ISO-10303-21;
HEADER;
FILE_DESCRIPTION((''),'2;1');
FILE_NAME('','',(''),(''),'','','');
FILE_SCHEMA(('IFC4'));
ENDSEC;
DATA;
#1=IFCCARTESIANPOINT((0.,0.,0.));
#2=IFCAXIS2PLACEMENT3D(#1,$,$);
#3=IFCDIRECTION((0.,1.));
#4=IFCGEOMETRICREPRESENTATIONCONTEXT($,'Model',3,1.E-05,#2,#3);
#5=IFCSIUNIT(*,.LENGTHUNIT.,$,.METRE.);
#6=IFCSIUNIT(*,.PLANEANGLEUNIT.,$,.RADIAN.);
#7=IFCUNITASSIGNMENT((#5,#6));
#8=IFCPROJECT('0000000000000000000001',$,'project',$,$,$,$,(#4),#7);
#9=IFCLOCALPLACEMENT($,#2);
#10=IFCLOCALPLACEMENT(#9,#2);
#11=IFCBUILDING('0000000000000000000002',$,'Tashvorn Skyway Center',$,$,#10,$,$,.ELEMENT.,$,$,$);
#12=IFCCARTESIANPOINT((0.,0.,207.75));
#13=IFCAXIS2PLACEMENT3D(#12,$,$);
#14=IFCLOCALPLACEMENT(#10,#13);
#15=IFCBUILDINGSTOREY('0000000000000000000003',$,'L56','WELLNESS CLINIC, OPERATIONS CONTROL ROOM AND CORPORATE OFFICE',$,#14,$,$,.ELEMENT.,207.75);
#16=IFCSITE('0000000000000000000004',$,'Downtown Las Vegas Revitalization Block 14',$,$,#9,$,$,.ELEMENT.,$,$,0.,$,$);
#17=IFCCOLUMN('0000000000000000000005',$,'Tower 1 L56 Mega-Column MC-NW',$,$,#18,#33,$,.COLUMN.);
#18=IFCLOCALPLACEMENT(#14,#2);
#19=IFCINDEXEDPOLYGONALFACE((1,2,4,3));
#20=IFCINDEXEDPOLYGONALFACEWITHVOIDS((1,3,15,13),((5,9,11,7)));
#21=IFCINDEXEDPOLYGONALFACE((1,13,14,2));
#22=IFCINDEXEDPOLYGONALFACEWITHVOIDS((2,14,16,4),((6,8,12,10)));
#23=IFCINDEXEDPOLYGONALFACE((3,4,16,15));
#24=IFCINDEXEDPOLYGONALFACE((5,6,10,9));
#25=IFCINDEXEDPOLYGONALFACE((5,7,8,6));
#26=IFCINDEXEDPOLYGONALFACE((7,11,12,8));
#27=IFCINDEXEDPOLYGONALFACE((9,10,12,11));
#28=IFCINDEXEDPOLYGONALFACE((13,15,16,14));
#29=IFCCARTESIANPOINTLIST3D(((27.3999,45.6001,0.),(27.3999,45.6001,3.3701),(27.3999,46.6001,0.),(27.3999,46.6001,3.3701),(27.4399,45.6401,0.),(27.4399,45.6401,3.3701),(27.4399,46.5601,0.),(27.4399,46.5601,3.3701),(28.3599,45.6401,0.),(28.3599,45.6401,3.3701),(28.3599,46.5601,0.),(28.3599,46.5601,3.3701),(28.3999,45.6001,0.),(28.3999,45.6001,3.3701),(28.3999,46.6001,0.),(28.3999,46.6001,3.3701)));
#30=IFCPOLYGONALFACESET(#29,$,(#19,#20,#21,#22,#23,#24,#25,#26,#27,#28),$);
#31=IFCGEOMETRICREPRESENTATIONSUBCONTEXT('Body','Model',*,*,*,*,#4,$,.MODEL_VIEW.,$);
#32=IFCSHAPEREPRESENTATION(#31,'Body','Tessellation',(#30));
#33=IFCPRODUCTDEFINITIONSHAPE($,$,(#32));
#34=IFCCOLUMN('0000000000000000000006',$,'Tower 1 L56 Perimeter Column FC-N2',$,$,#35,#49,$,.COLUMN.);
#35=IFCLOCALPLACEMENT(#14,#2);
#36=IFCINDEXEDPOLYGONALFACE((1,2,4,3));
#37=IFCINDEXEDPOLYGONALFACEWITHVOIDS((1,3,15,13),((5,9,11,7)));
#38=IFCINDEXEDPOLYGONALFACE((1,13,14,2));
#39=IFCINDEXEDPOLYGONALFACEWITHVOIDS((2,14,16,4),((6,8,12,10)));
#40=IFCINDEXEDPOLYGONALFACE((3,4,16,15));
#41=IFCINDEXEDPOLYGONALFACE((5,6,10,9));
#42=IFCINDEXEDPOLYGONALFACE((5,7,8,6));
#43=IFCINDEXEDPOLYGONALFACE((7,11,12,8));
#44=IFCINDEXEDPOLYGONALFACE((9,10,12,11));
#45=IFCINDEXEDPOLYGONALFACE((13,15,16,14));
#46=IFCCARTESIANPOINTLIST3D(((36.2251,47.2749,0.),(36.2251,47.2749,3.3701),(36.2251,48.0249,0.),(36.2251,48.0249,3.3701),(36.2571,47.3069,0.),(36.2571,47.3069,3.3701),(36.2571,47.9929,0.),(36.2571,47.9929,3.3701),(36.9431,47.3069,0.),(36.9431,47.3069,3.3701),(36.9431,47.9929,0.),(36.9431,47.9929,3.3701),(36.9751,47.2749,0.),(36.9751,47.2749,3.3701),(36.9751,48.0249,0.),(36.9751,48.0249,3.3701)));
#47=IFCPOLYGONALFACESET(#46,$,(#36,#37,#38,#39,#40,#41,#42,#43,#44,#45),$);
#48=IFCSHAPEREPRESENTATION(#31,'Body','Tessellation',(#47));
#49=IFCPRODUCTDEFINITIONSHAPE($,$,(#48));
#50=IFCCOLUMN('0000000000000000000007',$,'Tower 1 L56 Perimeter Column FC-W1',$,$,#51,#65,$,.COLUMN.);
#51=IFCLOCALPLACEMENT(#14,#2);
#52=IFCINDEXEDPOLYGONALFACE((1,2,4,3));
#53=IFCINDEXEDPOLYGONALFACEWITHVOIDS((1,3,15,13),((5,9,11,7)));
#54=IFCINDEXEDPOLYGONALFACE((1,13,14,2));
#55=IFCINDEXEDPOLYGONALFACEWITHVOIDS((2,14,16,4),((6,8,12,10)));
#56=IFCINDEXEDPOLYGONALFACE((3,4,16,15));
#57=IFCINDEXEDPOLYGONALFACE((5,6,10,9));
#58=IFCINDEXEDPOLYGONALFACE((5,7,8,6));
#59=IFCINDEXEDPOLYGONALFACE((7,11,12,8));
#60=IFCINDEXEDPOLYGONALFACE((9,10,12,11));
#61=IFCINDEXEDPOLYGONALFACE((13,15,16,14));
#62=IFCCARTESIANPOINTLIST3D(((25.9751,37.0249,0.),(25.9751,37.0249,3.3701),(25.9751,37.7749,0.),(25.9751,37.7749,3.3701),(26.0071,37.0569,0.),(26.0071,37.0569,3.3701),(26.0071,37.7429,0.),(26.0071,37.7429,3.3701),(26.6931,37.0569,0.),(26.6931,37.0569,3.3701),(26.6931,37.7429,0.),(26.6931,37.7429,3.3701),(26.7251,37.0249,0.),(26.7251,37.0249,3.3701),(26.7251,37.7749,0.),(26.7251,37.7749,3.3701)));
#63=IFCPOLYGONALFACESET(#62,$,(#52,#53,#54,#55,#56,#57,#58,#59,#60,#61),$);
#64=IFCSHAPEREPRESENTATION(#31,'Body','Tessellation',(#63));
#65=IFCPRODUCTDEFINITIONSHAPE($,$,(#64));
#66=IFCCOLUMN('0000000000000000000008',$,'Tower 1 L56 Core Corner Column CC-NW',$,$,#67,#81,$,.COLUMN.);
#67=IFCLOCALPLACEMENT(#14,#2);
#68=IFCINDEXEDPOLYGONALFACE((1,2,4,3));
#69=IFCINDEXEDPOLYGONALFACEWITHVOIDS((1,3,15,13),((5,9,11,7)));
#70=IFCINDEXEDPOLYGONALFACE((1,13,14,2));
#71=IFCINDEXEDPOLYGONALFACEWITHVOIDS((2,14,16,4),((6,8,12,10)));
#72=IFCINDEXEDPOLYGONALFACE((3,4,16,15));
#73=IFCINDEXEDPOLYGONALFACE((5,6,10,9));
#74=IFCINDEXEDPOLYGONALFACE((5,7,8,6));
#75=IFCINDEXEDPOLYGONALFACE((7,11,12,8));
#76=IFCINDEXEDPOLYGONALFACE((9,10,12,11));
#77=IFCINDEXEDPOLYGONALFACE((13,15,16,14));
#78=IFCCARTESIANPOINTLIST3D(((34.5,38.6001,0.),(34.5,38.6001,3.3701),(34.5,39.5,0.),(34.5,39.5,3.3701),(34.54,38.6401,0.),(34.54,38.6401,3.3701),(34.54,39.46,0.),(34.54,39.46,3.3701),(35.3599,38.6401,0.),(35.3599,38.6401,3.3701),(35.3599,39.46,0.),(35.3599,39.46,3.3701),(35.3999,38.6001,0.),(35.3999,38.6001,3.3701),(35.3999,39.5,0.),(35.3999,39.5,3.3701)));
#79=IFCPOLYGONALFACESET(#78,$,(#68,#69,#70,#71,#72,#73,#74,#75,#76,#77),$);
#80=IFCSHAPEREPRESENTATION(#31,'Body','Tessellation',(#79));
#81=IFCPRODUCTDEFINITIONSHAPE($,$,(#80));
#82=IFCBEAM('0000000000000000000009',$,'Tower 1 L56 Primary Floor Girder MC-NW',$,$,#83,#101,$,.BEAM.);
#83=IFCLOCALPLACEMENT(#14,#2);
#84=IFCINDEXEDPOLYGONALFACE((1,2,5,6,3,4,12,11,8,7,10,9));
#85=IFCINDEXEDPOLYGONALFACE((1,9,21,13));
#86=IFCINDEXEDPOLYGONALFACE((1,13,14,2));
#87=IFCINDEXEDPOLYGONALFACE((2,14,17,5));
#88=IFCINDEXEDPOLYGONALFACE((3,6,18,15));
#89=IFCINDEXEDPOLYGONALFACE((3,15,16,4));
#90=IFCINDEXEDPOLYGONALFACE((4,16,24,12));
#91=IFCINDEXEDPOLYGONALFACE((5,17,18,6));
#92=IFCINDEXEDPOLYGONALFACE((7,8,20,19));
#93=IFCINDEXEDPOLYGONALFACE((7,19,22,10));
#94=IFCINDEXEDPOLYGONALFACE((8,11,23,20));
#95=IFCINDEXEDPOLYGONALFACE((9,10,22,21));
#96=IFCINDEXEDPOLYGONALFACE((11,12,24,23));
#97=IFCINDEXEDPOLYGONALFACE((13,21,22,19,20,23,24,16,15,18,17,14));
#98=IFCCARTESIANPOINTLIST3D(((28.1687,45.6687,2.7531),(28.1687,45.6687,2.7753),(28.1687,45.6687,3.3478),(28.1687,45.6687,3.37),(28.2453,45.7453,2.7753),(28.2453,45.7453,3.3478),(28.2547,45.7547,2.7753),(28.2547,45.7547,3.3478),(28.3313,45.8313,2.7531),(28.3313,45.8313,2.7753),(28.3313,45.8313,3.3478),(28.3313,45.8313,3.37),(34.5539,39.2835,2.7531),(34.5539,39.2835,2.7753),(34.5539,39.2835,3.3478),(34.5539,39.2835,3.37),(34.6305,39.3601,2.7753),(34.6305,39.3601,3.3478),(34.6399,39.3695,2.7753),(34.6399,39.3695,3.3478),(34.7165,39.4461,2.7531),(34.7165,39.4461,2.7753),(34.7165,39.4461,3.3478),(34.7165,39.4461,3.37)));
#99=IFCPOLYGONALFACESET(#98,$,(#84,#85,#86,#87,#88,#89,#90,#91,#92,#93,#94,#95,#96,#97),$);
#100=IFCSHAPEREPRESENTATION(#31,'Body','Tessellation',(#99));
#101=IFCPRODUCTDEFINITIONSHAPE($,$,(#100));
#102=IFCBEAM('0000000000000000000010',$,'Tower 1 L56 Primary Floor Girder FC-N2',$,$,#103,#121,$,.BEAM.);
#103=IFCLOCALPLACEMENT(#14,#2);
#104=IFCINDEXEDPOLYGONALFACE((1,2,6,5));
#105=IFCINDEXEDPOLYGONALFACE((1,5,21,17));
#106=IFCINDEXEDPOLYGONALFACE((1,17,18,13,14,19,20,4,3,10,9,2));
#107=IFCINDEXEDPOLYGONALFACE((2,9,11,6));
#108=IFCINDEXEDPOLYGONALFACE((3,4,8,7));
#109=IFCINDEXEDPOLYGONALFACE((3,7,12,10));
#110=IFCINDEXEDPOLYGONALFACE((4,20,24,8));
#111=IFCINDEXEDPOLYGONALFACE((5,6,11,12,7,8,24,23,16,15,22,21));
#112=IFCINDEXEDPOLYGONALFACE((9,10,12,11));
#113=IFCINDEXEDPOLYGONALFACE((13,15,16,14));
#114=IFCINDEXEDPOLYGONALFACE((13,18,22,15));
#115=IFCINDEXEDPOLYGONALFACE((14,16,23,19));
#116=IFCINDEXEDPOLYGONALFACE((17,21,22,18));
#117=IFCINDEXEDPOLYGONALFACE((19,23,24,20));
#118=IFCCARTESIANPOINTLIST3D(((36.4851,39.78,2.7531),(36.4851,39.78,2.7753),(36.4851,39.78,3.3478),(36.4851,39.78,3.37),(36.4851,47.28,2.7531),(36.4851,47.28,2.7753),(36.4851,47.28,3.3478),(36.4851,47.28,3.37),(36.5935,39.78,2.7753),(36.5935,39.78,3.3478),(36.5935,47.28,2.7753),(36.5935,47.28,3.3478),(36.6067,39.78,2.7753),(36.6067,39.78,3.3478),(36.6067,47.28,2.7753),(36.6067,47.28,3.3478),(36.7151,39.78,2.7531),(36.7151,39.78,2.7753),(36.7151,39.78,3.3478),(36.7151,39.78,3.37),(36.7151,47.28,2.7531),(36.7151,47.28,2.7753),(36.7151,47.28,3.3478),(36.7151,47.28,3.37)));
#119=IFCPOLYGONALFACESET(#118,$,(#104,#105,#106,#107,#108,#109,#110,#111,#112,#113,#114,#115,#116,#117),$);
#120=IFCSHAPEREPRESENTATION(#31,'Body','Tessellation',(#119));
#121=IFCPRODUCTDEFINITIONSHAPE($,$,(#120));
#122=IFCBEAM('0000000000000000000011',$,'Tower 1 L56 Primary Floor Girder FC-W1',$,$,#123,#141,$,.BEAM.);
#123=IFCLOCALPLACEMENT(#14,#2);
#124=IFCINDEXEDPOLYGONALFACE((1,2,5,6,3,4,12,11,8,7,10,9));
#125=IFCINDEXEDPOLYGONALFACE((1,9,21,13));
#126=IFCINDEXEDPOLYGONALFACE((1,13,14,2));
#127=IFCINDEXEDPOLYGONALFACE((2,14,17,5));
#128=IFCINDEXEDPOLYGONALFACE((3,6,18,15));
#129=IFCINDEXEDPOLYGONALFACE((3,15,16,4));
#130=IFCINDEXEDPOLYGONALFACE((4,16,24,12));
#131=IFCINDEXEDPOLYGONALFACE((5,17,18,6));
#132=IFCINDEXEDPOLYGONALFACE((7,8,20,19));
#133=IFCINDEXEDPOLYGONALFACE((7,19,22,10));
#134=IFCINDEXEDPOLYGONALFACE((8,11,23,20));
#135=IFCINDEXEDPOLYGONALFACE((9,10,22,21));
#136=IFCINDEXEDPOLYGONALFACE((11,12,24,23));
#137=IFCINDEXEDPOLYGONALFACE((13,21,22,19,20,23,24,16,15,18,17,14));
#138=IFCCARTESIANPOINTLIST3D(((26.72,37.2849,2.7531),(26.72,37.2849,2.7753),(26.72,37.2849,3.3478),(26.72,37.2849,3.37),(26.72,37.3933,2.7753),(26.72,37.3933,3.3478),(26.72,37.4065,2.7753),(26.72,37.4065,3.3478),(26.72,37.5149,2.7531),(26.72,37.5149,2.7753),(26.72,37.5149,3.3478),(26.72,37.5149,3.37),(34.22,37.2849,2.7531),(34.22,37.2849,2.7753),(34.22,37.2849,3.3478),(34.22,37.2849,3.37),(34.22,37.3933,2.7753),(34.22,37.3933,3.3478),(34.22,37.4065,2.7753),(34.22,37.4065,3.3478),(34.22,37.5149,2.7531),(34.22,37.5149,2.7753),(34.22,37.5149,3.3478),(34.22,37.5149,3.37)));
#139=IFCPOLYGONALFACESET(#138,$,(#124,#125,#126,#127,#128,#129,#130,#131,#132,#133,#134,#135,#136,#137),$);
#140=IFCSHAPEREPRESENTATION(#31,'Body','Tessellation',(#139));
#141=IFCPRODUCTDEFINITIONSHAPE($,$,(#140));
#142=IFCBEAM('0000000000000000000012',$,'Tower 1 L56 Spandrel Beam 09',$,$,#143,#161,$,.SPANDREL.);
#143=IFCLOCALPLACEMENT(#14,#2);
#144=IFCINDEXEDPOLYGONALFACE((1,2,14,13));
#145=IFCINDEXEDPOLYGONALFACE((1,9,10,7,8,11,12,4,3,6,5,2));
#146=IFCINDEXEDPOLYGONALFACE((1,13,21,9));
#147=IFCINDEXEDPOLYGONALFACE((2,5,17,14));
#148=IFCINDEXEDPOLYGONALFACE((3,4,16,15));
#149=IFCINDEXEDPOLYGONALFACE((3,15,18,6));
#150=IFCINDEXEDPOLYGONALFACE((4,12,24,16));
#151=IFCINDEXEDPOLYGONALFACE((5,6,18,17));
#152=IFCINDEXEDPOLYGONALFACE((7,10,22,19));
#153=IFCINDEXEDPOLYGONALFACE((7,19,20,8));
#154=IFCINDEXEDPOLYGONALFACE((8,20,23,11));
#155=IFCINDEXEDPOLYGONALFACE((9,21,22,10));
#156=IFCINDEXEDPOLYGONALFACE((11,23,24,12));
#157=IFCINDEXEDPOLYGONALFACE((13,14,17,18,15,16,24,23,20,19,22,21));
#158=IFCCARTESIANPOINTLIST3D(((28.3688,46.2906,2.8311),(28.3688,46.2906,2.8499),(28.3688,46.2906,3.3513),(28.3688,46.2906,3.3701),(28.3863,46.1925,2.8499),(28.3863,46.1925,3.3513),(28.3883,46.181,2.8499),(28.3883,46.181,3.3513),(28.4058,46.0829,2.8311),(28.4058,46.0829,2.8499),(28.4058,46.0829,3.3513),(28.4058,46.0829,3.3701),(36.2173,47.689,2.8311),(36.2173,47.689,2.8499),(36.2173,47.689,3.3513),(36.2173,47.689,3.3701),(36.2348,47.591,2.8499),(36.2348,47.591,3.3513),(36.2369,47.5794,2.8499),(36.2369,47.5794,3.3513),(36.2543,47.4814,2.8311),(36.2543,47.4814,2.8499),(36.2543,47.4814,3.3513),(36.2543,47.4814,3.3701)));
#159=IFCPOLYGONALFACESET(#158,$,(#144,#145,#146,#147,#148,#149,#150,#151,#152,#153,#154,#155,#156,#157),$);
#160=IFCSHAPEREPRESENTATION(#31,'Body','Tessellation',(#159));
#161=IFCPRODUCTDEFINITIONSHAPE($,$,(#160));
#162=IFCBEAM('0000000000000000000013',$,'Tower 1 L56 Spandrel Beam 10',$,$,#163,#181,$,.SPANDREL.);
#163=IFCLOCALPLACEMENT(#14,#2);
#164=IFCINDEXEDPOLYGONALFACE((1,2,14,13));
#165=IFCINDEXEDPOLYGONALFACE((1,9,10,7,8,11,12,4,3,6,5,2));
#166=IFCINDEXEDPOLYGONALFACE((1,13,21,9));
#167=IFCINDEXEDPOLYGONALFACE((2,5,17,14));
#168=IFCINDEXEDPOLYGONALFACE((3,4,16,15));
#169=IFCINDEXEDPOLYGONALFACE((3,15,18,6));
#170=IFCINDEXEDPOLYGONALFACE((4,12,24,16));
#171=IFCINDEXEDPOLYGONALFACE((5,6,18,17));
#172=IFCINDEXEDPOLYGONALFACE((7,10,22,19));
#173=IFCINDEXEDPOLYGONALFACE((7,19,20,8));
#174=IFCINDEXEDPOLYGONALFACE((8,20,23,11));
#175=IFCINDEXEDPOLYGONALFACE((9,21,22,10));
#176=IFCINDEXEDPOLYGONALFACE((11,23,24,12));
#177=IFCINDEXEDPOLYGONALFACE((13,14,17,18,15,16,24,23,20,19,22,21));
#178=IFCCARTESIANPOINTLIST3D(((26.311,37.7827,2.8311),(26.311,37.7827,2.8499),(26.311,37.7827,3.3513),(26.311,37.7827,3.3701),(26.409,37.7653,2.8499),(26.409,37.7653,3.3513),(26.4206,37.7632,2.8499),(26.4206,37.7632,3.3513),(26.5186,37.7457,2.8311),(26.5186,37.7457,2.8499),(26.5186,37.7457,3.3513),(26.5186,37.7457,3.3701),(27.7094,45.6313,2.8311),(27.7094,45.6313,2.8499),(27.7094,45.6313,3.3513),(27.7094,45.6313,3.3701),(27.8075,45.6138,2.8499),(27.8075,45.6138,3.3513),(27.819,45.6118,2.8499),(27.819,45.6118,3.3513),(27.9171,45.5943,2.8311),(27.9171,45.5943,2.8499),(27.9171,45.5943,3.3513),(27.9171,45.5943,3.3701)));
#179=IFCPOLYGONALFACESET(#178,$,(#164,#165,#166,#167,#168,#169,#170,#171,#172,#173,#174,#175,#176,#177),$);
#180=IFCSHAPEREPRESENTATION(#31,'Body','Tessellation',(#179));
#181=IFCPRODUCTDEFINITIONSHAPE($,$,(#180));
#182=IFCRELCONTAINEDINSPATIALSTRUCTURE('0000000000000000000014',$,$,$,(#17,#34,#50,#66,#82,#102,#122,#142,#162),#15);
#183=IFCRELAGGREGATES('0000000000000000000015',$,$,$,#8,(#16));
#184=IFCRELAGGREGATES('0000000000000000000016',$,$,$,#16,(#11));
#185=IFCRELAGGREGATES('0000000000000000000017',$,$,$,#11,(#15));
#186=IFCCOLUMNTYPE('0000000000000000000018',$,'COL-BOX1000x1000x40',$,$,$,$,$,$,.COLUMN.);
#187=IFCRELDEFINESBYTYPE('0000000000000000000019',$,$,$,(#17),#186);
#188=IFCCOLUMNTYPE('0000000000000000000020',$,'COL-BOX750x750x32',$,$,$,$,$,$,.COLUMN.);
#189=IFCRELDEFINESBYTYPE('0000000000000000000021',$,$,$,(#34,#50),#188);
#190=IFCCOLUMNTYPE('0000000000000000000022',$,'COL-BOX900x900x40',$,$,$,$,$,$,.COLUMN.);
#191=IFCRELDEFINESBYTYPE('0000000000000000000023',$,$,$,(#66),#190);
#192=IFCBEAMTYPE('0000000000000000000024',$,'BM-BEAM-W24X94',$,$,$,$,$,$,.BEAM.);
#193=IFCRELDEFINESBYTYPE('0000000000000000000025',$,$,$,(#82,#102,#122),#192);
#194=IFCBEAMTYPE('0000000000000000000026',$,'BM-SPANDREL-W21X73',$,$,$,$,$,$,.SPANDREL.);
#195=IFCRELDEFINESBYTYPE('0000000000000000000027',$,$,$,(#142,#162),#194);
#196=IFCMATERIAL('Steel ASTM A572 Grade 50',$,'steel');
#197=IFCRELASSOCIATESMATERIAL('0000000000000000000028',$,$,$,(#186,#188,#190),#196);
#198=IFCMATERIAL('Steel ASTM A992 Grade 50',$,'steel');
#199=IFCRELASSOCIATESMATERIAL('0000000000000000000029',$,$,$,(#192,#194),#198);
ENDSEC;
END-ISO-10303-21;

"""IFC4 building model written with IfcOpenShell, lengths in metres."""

from ifc_helpers import new_model, si_unit, direction, frame, origin, origin_2d, place, context, subcontext, project, spatial, hollow_rectangle, i_section, extrude, material, material_profile, profile_set, type_object, element, save


model = new_model("IFC4")

# Units and contexts
model_context = context("Model", 3, precision=1e-05, world=origin(), true_north=direction((0.0, 1.0)))
body_context = subcontext(model_context, "Body", "Model", "MODEL_VIEW")
ifc_project = project(units=[si_unit("LENGTHUNIT", "METRE"), si_unit("PLANEANGLEUNIT", "RADIAN")], contexts=[model_context])

# Site, building, storey
site_placement = place(None, origin())
site = spatial("IfcSite", under=ifc_project, at=site_placement, Name="Downtown Las Vegas Revitalization Block 14", CompositionType="ELEMENT", RefElevation=0.0)
building_placement = place(site_placement, origin())
building = spatial("IfcBuilding", under=site, at=building_placement, Name="Tashvorn Skyway Center", CompositionType="ELEMENT")
storey_placement = place(building_placement, frame((0.0, 0.0, 207.75)))
storey = spatial("IfcBuildingStorey", under=building, at=storey_placement, Name="L56", Description="WELLNESS CLINIC, OPERATIONS CONTROL ROOM AND CORPORATE OFFICE", CompositionType="ELEMENT", Elevation=207.75)

# Columns
ifc_material_1 = material(Name="Steel ASTM A572 Grade 50", Category="steel")
ifc_material_profile_1 = material_profile(ifc_material_1, hollow_rectangle(XDim=1.0, YDim=1.0, WallThickness=0.04, at=origin_2d()), Name="BOX1000x1000x40")
ifc_profile_set_1 = profile_set([ifc_material_profile_1], Name="Steel ASTM A572 Grade 50")
column_type_1 = type_object("IfcColumnType", Name="COL-BOX1000x1000x40", PredefinedType="COLUMN", material=ifc_profile_set_1)
column_1_placement = place(storey_placement, frame((27.8999, 46.1001, 0.0), z_axis=(0.0, 0.0, 1.0), x_axis=(1.0, 0.0, 0.0)))
element("IfcColumn", 1, at=column_1_placement, inside=storey, type_object=column_type_1, Name="Tower 1 L56 Mega-Column MC-NW", PredefinedType="COLUMN", context=body_context, shape_type="SweptSolid", body=[
    extrude(hollow_rectangle(XDim=1.0, YDim=1.0, WallThickness=0.04, at=origin_2d()), origin(), (0.0, 0.0, 1.0), 3.3701),
])
ifc_material_profile_2 = material_profile(ifc_material_1, hollow_rectangle(XDim=0.75, YDim=0.75, WallThickness=0.032, at=origin_2d()), Name="BOX750x750x32")
ifc_profile_set_2 = profile_set([ifc_material_profile_2], Name="Steel ASTM A572 Grade 50")
column_type_2 = type_object("IfcColumnType", Name="COL-BOX750x750x32", PredefinedType="COLUMN", material=ifc_profile_set_2)
for number, where, z_axis, x_axis, name in (
    (2, (36.6001, 47.6499, 0.0), (0.0, 0.0, 1.0), (1.0, 0.0, 0.0), "Tower 1 L56 Perimeter Column FC-N2"),
    (3, (26.3501, 37.3999, 0.0), (0.0, 0.0, 1.0), (1.0, 0.0, 0.0), "Tower 1 L56 Perimeter Column FC-W1"),
):
    element("IfcColumn", number, at=place(storey_placement, frame(where, z_axis=z_axis, x_axis=x_axis)), inside=storey, type_object=column_type_2, Name=name, PredefinedType="COLUMN", context=body_context, shape_type="SweptSolid", body=[
        extrude(hollow_rectangle(XDim=0.75, YDim=0.75, WallThickness=0.032, at=origin_2d()), origin(), (0.0, 0.0, 1.0), 3.3701),
    ])
ifc_material_profile_3 = material_profile(ifc_material_1, hollow_rectangle(XDim=0.8999, YDim=0.8999, WallThickness=0.04, at=origin_2d()), Name="BOX900x900x40")
ifc_profile_set_3 = profile_set([ifc_material_profile_3], Name="Steel ASTM A572 Grade 50")
column_type_3 = type_object("IfcColumnType", Name="COL-BOX900x900x40", PredefinedType="COLUMN", material=ifc_profile_set_3)
column_2_placement = place(storey_placement, frame((34.95, 39.05, 0.0), z_axis=(0.0, 0.0, 1.0), x_axis=(1.0, 0.0, 0.0)))
element("IfcColumn", 4, at=column_2_placement, inside=storey, type_object=column_type_3, Name="Tower 1 L56 Core Corner Column CC-NW", PredefinedType="COLUMN", context=body_context, shape_type="SweptSolid", body=[
    extrude(hollow_rectangle(XDim=0.8999, YDim=0.8999, WallThickness=0.04, at=origin_2d()), origin(), (0.0, 0.0, 1.0), 3.3701),
])

# Beams
ifc_material_2 = material(Name="Steel ASTM A992 Grade 50", Category="steel")
ifc_material_profile_4 = material_profile(ifc_material_2, i_section(OverallWidth=0.23, OverallDepth=0.6169, WebThickness=0.0132, FlangeThickness=0.0222, at=origin_2d()), Name="W24X94")
ifc_profile_set_4 = profile_set([ifc_material_profile_4], Name="Steel ASTM A992 Grade 50")
beam_type_1 = type_object("IfcBeamType", Name="BM-BEAM-W24X94", PredefinedType="BEAM", material=ifc_profile_set_4)
beam_1_placement = place(storey_placement, frame((28.25, 45.75, 3.0615), z_axis=(0.707107, -0.707107, 0.0), x_axis=(0.707107, 0.707107, 0.0)))
element("IfcBeam", 5, at=beam_1_placement, inside=storey, type_object=beam_type_1, Name="Tower 1 L56 Primary Floor Girder MC-NW", PredefinedType="BEAM", context=body_context, shape_type="SweptSolid", body=[
    extrude(i_section(OverallWidth=0.23, OverallDepth=0.6169, WebThickness=0.0132, FlangeThickness=0.0222, at=origin_2d()), origin(), (0.0, 0.0, 1.0), 9.03),
])
for number, where, z_axis, x_axis, name in (
    (6, (36.6001, 47.28, 3.0615), (0.0, -1.0, 0.0), (1.0, 0.0, 0.0), "Tower 1 L56 Primary Floor Girder FC-N2"),
    (7, (26.72, 37.3999, 3.0615), (1.0, 0.0, 0.0), (0.0, 1.0, 0.0), "Tower 1 L56 Primary Floor Girder FC-W1"),
):
    element("IfcBeam", number, at=place(storey_placement, frame(where, z_axis=z_axis, x_axis=x_axis)), inside=storey, type_object=beam_type_1, Name=name, PredefinedType="BEAM", context=body_context, shape_type="SweptSolid", body=[
        extrude(i_section(OverallWidth=0.23, OverallDepth=0.6169, WebThickness=0.0132, FlangeThickness=0.0222, at=origin_2d()), origin(), (0.0, 0.0, 1.0), 7.5),
    ])
ifc_material_profile_5 = material_profile(ifc_material_2, i_section(OverallWidth=0.2109, OverallDepth=0.5391, WebThickness=0.0117, FlangeThickness=0.0188, at=origin_2d()), Name="W21X73")
ifc_profile_set_5 = profile_set([ifc_material_profile_5], Name="Steel ASTM A992 Grade 50")
beam_type_2 = type_object("IfcBeamType", Name="BM-SPANDREL-W21X73", PredefinedType="SPANDREL", material=ifc_profile_set_5)
for number, where, z_axis, x_axis, name in (
    (8, (36.2358, 47.5852, 3.1006), (-0.984495, -0.175413, 0.0), (0.175413, -0.984495, 0.0), "Tower 1 L56 Spandrel Beam 09"),
    (9, (27.8132, 45.6128, 3.1006), (-0.175413, -0.984495, 0.0), (0.984495, -0.175413, 0.0), "Tower 1 L56 Spandrel Beam 10"),
):
    element("IfcBeam", number, at=place(storey_placement, frame(where, z_axis=z_axis, x_axis=x_axis)), inside=storey, type_object=beam_type_2, Name=name, PredefinedType="SPANDREL", context=body_context, shape_type="SweptSolid", body=[
        extrude(i_section(OverallWidth=0.2109, OverallDepth=0.5391, WebThickness=0.0117, FlangeThickness=0.0188, at=origin_2d()), origin(), (0.0, 0.0, 1.0), 7.9722),
    ])

save(model, "model.ifc")
